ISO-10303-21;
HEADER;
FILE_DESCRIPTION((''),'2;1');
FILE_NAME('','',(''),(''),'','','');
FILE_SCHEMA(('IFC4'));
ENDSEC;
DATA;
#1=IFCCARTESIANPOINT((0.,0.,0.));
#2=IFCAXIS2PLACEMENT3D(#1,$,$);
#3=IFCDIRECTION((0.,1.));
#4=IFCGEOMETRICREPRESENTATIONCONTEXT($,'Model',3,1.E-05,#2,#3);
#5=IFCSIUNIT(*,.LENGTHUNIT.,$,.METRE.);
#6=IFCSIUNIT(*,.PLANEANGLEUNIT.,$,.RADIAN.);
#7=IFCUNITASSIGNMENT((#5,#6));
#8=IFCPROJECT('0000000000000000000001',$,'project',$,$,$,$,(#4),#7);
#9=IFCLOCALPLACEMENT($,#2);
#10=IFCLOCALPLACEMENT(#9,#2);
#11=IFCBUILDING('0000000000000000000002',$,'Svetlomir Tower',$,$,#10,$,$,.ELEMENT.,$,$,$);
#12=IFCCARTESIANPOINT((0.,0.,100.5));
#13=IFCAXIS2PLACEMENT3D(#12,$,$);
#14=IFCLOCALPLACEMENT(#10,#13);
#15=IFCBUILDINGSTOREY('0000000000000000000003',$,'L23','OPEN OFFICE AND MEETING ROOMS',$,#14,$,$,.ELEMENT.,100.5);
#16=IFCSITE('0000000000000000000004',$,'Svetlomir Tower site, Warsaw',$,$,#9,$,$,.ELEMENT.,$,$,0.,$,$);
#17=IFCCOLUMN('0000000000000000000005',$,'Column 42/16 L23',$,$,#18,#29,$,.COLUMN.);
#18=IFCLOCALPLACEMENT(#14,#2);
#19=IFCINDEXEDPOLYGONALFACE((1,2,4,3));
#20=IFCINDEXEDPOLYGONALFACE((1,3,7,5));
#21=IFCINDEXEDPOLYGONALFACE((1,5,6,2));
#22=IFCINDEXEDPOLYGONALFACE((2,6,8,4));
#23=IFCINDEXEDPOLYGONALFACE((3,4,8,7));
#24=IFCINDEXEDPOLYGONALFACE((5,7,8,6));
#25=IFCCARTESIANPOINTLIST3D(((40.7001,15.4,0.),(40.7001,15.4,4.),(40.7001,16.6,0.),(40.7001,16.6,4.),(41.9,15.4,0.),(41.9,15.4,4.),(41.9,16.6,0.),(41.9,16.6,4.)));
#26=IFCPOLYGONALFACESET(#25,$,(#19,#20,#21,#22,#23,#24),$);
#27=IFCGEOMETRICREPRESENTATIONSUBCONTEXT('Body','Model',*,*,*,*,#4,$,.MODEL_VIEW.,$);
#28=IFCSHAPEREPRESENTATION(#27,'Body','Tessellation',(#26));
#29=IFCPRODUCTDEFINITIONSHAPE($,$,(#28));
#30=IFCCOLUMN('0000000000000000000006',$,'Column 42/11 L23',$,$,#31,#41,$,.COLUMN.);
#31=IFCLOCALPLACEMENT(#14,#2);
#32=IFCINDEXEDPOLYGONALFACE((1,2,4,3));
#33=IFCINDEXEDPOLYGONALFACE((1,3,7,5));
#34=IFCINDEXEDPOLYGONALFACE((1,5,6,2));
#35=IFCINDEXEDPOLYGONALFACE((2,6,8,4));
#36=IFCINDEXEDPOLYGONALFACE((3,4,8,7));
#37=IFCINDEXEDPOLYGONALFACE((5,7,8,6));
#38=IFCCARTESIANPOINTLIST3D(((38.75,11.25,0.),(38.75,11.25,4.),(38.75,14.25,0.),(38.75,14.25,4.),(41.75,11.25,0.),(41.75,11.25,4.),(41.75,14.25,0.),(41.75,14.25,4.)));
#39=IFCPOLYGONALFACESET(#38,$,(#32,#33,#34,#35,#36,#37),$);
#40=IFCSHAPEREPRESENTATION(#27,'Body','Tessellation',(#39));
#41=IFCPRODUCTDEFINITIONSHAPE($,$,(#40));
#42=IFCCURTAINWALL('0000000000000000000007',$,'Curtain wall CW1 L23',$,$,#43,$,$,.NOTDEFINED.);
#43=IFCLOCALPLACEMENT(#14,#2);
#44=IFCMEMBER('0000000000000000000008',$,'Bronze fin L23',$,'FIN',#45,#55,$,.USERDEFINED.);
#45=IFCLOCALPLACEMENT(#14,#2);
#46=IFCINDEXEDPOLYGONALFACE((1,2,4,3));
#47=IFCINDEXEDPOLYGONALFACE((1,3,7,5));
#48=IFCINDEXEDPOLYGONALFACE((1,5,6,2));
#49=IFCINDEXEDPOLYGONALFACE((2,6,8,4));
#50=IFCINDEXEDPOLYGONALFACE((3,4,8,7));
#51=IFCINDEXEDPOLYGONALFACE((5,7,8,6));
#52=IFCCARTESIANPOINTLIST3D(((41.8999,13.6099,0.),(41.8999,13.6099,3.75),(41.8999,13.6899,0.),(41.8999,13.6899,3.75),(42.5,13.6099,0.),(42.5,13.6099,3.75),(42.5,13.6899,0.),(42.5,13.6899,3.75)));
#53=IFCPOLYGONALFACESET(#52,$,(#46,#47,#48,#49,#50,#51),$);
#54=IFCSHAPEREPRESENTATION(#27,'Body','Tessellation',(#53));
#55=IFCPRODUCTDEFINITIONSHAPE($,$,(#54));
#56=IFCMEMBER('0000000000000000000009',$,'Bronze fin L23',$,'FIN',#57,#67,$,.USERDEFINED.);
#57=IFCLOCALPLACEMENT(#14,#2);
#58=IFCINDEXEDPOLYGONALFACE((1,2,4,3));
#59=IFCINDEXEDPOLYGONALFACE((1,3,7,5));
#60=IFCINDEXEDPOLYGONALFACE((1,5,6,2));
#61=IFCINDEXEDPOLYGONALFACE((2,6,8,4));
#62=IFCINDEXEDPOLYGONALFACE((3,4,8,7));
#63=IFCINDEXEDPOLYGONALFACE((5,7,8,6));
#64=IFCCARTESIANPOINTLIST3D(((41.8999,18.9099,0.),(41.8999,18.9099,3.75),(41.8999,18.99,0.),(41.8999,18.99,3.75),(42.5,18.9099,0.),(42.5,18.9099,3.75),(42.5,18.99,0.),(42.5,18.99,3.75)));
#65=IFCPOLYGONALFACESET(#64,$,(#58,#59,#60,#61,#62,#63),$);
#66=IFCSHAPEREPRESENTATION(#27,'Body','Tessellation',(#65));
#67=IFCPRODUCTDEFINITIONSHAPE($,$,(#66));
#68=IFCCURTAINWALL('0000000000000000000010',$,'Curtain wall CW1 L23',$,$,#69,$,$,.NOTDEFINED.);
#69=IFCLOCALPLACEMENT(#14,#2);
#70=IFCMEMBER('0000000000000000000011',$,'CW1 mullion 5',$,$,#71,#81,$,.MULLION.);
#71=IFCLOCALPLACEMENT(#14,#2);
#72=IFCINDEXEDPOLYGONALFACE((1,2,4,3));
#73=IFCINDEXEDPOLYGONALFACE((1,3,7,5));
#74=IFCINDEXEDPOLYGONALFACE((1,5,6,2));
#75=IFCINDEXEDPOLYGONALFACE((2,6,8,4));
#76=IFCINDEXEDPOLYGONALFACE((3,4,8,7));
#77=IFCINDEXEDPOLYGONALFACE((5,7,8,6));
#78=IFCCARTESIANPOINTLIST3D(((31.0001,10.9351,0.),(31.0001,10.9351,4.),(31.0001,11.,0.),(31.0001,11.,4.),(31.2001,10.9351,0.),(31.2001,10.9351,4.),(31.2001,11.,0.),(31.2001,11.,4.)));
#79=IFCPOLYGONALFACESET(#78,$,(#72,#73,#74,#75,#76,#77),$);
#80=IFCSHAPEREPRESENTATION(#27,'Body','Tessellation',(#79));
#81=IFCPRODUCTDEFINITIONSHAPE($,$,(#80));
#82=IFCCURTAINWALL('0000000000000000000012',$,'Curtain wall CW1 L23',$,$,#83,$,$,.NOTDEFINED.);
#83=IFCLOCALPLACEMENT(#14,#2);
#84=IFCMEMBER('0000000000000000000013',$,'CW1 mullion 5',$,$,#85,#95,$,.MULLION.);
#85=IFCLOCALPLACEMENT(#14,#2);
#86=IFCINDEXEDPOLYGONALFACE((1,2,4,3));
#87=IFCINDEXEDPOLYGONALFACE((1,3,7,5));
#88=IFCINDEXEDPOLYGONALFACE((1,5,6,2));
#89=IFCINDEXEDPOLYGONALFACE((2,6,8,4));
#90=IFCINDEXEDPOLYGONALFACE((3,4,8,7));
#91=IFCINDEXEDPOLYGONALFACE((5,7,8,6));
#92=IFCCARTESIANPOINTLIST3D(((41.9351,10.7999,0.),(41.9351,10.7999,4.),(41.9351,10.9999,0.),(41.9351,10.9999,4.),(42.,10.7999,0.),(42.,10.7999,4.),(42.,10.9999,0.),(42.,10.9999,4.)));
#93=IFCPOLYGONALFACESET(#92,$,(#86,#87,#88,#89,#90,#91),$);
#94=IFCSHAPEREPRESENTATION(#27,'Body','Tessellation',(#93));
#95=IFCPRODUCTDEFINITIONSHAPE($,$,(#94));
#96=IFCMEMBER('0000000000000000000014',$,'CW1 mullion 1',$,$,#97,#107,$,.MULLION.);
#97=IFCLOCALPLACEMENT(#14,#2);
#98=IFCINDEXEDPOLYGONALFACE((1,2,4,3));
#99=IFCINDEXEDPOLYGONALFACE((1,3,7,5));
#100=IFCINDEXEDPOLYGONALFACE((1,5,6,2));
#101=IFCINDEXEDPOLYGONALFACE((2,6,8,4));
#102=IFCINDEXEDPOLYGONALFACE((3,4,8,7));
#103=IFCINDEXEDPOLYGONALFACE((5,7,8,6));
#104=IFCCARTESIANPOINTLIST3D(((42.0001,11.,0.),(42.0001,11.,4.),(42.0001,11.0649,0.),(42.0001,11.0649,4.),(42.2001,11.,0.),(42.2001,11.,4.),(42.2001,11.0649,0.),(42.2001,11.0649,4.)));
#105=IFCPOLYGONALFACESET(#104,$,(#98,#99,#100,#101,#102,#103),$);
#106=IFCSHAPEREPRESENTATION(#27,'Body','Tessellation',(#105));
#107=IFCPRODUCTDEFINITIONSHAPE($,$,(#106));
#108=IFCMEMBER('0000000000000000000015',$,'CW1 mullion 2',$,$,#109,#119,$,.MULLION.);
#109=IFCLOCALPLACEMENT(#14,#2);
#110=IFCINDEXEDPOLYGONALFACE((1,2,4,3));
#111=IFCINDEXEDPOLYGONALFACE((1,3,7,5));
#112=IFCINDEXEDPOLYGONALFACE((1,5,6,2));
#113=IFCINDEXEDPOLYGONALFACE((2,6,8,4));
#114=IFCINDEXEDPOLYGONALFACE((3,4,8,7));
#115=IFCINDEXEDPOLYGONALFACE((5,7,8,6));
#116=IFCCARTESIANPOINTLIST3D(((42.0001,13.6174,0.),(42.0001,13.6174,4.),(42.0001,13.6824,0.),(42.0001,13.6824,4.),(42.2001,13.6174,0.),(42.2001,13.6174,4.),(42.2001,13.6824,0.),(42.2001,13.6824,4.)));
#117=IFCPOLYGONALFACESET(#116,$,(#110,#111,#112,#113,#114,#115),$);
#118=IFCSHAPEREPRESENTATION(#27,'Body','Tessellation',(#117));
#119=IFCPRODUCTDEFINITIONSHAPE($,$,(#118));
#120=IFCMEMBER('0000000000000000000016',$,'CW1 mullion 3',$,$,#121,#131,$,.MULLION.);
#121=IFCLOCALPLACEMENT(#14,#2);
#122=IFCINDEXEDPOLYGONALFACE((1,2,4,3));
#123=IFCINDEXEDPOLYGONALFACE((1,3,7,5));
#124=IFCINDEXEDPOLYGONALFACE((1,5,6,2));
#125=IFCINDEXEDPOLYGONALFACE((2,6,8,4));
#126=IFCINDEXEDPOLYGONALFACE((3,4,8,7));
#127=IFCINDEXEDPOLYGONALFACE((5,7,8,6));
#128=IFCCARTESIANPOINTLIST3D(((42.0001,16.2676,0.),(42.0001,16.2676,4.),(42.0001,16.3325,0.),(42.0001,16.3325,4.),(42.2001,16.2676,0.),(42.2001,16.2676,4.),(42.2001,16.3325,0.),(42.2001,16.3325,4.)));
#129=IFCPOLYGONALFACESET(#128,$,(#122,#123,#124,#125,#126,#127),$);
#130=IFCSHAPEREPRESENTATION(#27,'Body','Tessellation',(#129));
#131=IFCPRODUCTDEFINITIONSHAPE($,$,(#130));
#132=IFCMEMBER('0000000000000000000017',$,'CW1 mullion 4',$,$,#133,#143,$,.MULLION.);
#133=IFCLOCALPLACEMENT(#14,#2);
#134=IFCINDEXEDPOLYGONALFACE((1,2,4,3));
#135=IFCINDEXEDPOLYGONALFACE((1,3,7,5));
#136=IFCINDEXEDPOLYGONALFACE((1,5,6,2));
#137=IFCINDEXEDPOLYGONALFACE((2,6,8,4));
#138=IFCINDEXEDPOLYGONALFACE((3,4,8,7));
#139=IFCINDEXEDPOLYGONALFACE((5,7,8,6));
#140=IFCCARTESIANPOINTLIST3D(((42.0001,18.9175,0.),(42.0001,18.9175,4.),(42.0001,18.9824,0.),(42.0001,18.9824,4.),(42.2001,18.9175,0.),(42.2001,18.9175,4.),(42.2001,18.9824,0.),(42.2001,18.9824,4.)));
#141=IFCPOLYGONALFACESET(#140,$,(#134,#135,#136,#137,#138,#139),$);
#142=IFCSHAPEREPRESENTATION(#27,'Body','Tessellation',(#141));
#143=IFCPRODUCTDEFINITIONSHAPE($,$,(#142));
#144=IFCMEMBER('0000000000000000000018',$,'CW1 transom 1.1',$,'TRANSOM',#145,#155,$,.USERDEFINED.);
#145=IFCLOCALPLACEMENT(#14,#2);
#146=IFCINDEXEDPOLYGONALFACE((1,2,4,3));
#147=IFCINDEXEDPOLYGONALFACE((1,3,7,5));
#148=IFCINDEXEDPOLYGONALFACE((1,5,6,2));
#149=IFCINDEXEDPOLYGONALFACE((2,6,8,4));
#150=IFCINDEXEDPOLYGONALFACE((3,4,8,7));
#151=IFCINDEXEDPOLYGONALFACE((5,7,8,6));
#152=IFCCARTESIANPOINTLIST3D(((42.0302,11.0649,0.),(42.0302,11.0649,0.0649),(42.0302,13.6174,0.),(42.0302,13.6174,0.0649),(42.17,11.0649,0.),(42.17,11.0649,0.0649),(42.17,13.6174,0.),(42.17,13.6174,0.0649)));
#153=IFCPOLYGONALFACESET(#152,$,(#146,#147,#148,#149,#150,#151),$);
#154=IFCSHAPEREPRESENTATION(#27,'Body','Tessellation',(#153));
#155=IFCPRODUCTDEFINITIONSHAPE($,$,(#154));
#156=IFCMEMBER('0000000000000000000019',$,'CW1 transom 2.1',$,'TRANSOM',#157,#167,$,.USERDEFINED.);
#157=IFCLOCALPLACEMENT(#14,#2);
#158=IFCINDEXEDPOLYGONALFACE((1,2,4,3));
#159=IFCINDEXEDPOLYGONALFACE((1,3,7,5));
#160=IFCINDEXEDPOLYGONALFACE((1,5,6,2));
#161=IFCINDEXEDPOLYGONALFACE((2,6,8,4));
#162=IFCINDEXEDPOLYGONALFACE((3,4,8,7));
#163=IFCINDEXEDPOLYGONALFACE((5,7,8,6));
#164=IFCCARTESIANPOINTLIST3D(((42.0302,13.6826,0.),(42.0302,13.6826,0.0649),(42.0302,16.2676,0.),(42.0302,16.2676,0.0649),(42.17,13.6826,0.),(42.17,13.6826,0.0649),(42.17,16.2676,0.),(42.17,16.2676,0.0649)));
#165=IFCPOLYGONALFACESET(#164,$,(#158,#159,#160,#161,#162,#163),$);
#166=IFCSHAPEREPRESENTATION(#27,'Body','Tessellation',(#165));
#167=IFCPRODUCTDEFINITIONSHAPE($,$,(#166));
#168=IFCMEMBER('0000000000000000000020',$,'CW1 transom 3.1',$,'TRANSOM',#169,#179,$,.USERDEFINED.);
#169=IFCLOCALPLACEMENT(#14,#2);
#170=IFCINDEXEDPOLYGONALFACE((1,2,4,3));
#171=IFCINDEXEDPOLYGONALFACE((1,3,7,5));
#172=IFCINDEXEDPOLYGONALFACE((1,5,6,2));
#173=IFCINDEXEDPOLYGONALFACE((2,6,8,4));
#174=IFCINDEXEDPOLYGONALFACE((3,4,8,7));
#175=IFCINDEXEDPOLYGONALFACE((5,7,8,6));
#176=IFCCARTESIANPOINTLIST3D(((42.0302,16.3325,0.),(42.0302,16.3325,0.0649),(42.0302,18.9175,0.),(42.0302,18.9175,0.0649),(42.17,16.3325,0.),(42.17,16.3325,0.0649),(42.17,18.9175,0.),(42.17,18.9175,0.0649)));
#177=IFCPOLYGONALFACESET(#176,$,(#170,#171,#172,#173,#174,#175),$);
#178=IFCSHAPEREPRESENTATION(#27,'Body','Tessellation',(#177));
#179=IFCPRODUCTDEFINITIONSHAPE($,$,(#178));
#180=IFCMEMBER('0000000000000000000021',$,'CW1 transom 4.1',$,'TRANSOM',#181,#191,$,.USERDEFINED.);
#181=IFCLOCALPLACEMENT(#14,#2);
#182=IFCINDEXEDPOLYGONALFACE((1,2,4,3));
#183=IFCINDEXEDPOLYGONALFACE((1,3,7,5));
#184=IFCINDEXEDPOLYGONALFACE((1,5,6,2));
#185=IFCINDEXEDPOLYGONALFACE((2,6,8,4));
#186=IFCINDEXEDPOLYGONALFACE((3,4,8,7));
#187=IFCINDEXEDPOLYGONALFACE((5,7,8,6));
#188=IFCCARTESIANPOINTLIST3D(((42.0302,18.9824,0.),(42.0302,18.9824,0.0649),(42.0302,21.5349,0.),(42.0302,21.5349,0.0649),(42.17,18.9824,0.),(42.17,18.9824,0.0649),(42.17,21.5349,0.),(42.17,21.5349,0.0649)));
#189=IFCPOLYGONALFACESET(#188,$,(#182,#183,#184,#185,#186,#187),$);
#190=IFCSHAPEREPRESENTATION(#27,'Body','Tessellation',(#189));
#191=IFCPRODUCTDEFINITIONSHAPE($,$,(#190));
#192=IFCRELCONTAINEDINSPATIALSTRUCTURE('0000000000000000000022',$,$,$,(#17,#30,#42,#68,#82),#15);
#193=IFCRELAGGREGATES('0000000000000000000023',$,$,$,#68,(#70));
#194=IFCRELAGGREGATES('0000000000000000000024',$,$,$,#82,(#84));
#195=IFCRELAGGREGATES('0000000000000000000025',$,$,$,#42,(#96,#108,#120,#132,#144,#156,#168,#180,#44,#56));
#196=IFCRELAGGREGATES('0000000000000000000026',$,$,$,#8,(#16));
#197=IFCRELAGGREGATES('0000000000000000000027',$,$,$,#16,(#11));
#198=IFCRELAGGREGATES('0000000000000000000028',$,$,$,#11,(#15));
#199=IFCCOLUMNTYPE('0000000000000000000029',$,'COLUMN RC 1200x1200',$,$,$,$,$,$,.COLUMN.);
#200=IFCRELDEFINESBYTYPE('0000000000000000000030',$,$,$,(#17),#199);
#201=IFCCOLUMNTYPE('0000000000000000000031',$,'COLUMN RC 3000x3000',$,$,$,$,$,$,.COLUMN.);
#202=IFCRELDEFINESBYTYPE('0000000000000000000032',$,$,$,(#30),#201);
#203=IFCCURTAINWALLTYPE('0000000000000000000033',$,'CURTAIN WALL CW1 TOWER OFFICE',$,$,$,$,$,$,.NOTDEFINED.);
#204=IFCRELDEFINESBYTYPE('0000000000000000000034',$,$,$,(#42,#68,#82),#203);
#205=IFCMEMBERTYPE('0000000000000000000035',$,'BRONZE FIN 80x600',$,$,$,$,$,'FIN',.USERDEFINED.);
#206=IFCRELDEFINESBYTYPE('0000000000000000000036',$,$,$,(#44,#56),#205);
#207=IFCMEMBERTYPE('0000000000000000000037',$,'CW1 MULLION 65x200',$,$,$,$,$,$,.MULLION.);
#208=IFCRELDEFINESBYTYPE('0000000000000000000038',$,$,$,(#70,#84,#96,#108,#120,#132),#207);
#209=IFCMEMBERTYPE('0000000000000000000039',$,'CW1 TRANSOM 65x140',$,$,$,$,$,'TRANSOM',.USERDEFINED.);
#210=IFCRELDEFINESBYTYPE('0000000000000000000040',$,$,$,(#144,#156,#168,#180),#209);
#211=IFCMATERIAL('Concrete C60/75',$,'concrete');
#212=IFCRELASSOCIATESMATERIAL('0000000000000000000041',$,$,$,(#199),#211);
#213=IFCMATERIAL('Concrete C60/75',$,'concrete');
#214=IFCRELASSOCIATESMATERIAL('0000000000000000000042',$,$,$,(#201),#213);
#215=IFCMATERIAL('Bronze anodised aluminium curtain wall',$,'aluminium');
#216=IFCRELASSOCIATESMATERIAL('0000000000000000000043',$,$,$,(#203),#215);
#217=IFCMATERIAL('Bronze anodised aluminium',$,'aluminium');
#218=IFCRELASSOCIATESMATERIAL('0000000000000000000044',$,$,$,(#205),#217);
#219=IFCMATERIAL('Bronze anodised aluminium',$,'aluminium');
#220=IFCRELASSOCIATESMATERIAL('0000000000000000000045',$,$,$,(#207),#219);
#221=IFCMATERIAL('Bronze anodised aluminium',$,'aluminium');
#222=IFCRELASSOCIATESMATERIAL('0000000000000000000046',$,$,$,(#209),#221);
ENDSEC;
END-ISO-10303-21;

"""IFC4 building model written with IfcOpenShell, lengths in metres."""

from ifc_helpers import new_model, si_unit, direction, frame, origin, origin_2d, place, context, subcontext, project, spatial, rectangle, extrude, material, material_profile, profile_set, type_object, element, aggregate, save


model = new_model("IFC4")

# Units and contexts
model_context = context("Model", 3, precision=1e-05, world=origin(), true_north=direction((0.0, 1.0)))
body_context = subcontext(model_context, "Body", "Model", "MODEL_VIEW")
ifc_project = project(units=[si_unit("LENGTHUNIT", "METRE"), si_unit("PLANEANGLEUNIT", "RADIAN")], contexts=[model_context])

# Site, building, storey
site_placement = place(None, origin())
site = spatial("IfcSite", under=ifc_project, at=site_placement, Name="Svetlomir Tower site, Warsaw", CompositionType="ELEMENT", RefElevation=0.0)
building_placement = place(site_placement, origin())
building = spatial("IfcBuilding", under=site, at=building_placement, Name="Svetlomir Tower", CompositionType="ELEMENT")
storey_placement = place(building_placement, frame((0.0, 0.0, 100.5)))
storey = spatial("IfcBuildingStorey", under=building, at=storey_placement, Name="L23", Description="OPEN OFFICE AND MEETING ROOMS", CompositionType="ELEMENT", Elevation=100.5)

# Columns
ifc_material_1 = material(Name="Concrete C60/75", Category="concrete")
ifc_material_profile_1 = material_profile(ifc_material_1, rectangle(XDim=1.2, YDim=1.2, at=origin_2d()), Name="RC 1200x1200")
ifc_profile_set_1 = profile_set([ifc_material_profile_1], Name="Concrete C60/75")
column_type_1 = type_object("IfcColumnType", Name="COLUMN RC 1200x1200", PredefinedType="COLUMN", material=ifc_profile_set_1)
column_1_placement = place(storey_placement, frame((41.3, 16.0, 0.0), z_axis=(0.0, 0.0, 1.0), x_axis=(1.0, 0.0, 0.0)))
element("IfcColumn", 1, at=column_1_placement, inside=storey, type_object=column_type_1, Name="Column 42/16 L23", PredefinedType="COLUMN", context=body_context, shape_type="SweptSolid", body=[
    extrude(rectangle(XDim=1.2, YDim=1.2, at=origin_2d()), origin(), (0.0, 0.0, 1.0), 4.0),
])
ifc_material_2 = material(Name="Concrete C60/75", Category="concrete")
ifc_material_profile_2 = material_profile(ifc_material_2, rectangle(XDim=3.0, YDim=3.0, at=origin_2d()), Name="RC 3000x3000")
ifc_profile_set_2 = profile_set([ifc_material_profile_2], Name="Concrete C60/75")
column_type_2 = type_object("IfcColumnType", Name="COLUMN RC 3000x3000", PredefinedType="COLUMN", material=ifc_profile_set_2)
column_2_placement = place(storey_placement, frame((40.25, 12.75, 0.0), z_axis=(0.0, 0.0, 1.0), x_axis=(1.0, 0.0, 0.0)))
element("IfcColumn", 2, at=column_2_placement, inside=storey, type_object=column_type_2, Name="Column 42/11 L23", PredefinedType="COLUMN", context=body_context, shape_type="SweptSolid", body=[
    extrude(rectangle(XDim=3.0, YDim=3.0, at=origin_2d()), origin(), (0.0, 0.0, 1.0), 4.0),
])

# Curtain wall, members
ifc_material_3 = material(Name="Bronze anodised aluminium curtain wall", Category="aluminium")
curtain_wall_type = type_object("IfcCurtainWallType", Name="CURTAIN WALL CW1 TOWER OFFICE", PredefinedType="NOTDEFINED", material=ifc_material_3)
curtain_wall_1_placement = place(storey_placement, origin())
curtain_wall_1 = element("IfcCurtainWall", 3, at=curtain_wall_1_placement, inside=storey, type_object=curtain_wall_type, Name="Curtain wall CW1 L23", PredefinedType="NOTDEFINED")
ifc_material_4 = material(Name="Bronze anodised aluminium", Category="aluminium")
ifc_material_profile_3 = material_profile(ifc_material_4, rectangle(XDim=0.0801, YDim=0.6001, at=origin_2d()), Name="FIN 80x600")
ifc_profile_set_3 = profile_set([ifc_material_profile_3], Name="Bronze anodised aluminium 6063-T6")
member_type_1 = type_object("IfcMemberType", Name="BRONZE FIN 80x600", ElementType="FIN", PredefinedType="USERDEFINED", material=ifc_profile_set_3)
member_1_placement = place(storey_placement, frame((42.2, 13.6499, 0.0), z_axis=(0.0, 0.0, 1.0), x_axis=(0.0, 1.0, 0.0)))
member_1 = element("IfcMember", 4, at=member_1_placement, type_object=member_type_1, Name="Bronze fin L23", ObjectType="FIN", PredefinedType="USERDEFINED", context=body_context, shape_type="SweptSolid", body=[
    extrude(rectangle(XDim=0.0801, YDim=0.6001, at=origin_2d()), origin(), (0.0, 0.0, 1.0), 3.75),
])
member_2_placement = place(storey_placement, frame((42.2, 18.95, 0.0), z_axis=(0.0, 0.0, 1.0), x_axis=(0.0, 1.0, 0.0)))
member_2 = element("IfcMember", 5, at=member_2_placement, type_object=member_type_1, Name="Bronze fin L23", ObjectType="FIN", PredefinedType="USERDEFINED", context=body_context, shape_type="SweptSolid", body=[
    extrude(rectangle(XDim=0.0801, YDim=0.6001, at=origin_2d()), origin(), (0.0, 0.0, 1.0), 3.75),
])

# Curtain walls, members
curtain_wall_2_placement = place(storey_placement, origin())
curtain_wall_2 = element("IfcCurtainWall", 6, at=curtain_wall_2_placement, inside=storey, type_object=curtain_wall_type, Name="Curtain wall CW1 L23", PredefinedType="NOTDEFINED")
ifc_material_5 = material(Name="Bronze anodised aluminium", Category="aluminium")
ifc_material_profile_4 = material_profile(ifc_material_5, rectangle(XDim=0.0649, YDim=0.2, at=origin_2d()), Name="AL 65x200")
ifc_profile_set_4 = profile_set([ifc_material_profile_4], Name="Bronze anodised aluminium 6063-T6")
member_type_2 = type_object("IfcMemberType", Name="CW1 MULLION 65x200", PredefinedType="MULLION", material=ifc_profile_set_4)
member_3_placement = place(storey_placement, frame((31.1001, 10.9675, 0.0), z_axis=(0.0, 0.0, 1.0), x_axis=(0.0, 1.0, 0.0)))
member_3 = element("IfcMember", 7, at=member_3_placement, type_object=member_type_2, Name="CW1 mullion 5", PredefinedType="MULLION", context=body_context, shape_type="SweptSolid", body=[
    extrude(rectangle(XDim=0.0649, YDim=0.2, at=origin_2d()), origin(), (0.0, 0.0, 1.0), 4.0),
])
aggregate(curtain_wall_2, [member_3])
curtain_wall_3_placement = place(storey_placement, origin())
curtain_wall_3 = element("IfcCurtainWall", 8, at=curtain_wall_3_placement, inside=storey, type_object=curtain_wall_type, Name="Curtain wall CW1 L23", PredefinedType="NOTDEFINED")
member_4_placement = place(storey_placement, frame((41.9675, 10.8999, 0.0), z_axis=(0.0, 0.0, 1.0), x_axis=(1.0, 0.0, 0.0)))
member_4 = element("IfcMember", 9, at=member_4_placement, type_object=member_type_2, Name="CW1 mullion 5", PredefinedType="MULLION", context=body_context, shape_type="SweptSolid", body=[
    extrude(rectangle(XDim=0.0649, YDim=0.2, at=origin_2d()), origin(), (0.0, 0.0, 1.0), 4.0),
])

# Members
member_5_placement = place(storey_placement, frame((42.1001, 11.0325, 0.0), z_axis=(0.0, 0.0, 1.0), x_axis=(0.0, 1.0, 0.0)))
member_5 = element("IfcMember", 10, at=member_5_placement, type_object=member_type_2, Name="CW1 mullion 1", PredefinedType="MULLION", context=body_context, shape_type="SweptSolid", body=[
    extrude(rectangle(XDim=0.0649, YDim=0.2, at=origin_2d()), origin(), (0.0, 0.0, 1.0), 4.0),
])
member_6_placement = place(storey_placement, frame((42.1001, 13.6499, 0.0), z_axis=(0.0, 0.0, 1.0), x_axis=(0.0, 1.0, 0.0)))
member_6 = element("IfcMember", 11, at=member_6_placement, type_object=member_type_2, Name="CW1 mullion 2", PredefinedType="MULLION", context=body_context, shape_type="SweptSolid", body=[
    extrude(rectangle(XDim=0.0649, YDim=0.2, at=origin_2d()), origin(), (0.0, 0.0, 1.0), 4.0),
])
member_7_placement = place(storey_placement, frame((42.1001, 16.3, 0.0), z_axis=(0.0, 0.0, 1.0), x_axis=(0.0, 1.0, 0.0)))
member_7 = element("IfcMember", 12, at=member_7_placement, type_object=member_type_2, Name="CW1 mullion 3", PredefinedType="MULLION", context=body_context, shape_type="SweptSolid", body=[
    extrude(rectangle(XDim=0.0649, YDim=0.2, at=origin_2d()), origin(), (0.0, 0.0, 1.0), 4.0),
])
member_8_placement = place(storey_placement, frame((42.1001, 18.95, 0.0), z_axis=(0.0, 0.0, 1.0), x_axis=(0.0, 1.0, 0.0)))
member_8 = element("IfcMember", 13, at=member_8_placement, type_object=member_type_2, Name="CW1 mullion 4", PredefinedType="MULLION", context=body_context, shape_type="SweptSolid", body=[
    extrude(rectangle(XDim=0.0649, YDim=0.2, at=origin_2d()), origin(), (0.0, 0.0, 1.0), 4.0),
])
ifc_material_6 = material(Name="Bronze anodised aluminium", Category="aluminium")
ifc_material_profile_5 = material_profile(ifc_material_6, rectangle(XDim=0.1399, YDim=0.0649, at=origin_2d()), Name="AL 140x65")
ifc_profile_set_5 = profile_set([ifc_material_profile_5], Name="Bronze anodised aluminium 6063-T6")
member_type_3 = type_object("IfcMemberType", Name="CW1 TRANSOM 65x140", ElementType="TRANSOM", PredefinedType="USERDEFINED", material=ifc_profile_set_5)
member_9_placement = place(storey_placement, frame((42.1001, 11.0649, 0.0325), z_axis=(0.0, 1.0, 0.0), x_axis=(-1.0, 0.0, 0.0)))
member_9 = element("IfcMember", 14, at=member_9_placement, type_object=member_type_3, Name="CW1 transom 1.1", ObjectType="TRANSOM", PredefinedType="USERDEFINED", context=body_context, shape_type="SweptSolid", body=[
    extrude(rectangle(XDim=0.1399, YDim=0.0649, at=origin_2d()), origin(), (0.0, 0.0, 1.0), 2.5525),
])
member_10_placement = place(storey_placement, frame((42.1001, 13.6826, 0.0325), z_axis=(0.0, 1.0, 0.0), x_axis=(-1.0, 0.0, 0.0)))
member_10 = element("IfcMember", 15, at=member_10_placement, type_object=member_type_3, Name="CW1 transom 2.1", ObjectType="TRANSOM", PredefinedType="USERDEFINED", context=body_context, shape_type="SweptSolid", body=[
    extrude(rectangle(XDim=0.1399, YDim=0.0649, at=origin_2d()), origin(), (0.0, 0.0, 1.0), 2.585),
])
member_11_placement = place(storey_placement, frame((42.1001, 16.3325, 0.0325), z_axis=(0.0, 1.0, 0.0), x_axis=(-1.0, 0.0, 0.0)))
member_11 = element("IfcMember", 16, at=member_11_placement, type_object=member_type_3, Name="CW1 transom 3.1", ObjectType="TRANSOM", PredefinedType="USERDEFINED", context=body_context, shape_type="SweptSolid", body=[
    extrude(rectangle(XDim=0.1399, YDim=0.0649, at=origin_2d()), origin(), (0.0, 0.0, 1.0), 2.585),
])
member_12_placement = place(storey_placement, frame((42.1001, 18.9824, 0.0325), z_axis=(0.0, 1.0, 0.0), x_axis=(-1.0, 0.0, 0.0)))
member_12 = element("IfcMember", 17, at=member_12_placement, type_object=member_type_3, Name="CW1 transom 4.1", ObjectType="TRANSOM", PredefinedType="USERDEFINED", context=body_context, shape_type="SweptSolid", body=[
    extrude(rectangle(XDim=0.1399, YDim=0.0649, at=origin_2d()), origin(), (0.0, 0.0, 1.0), 2.5525),
])

aggregate(curtain_wall_3, [member_4])
aggregate(curtain_wall_1, [member_5, member_6, member_7, member_8, member_9, member_10, member_11, member_12, member_1, member_2])

save(model, "model.ifc")
